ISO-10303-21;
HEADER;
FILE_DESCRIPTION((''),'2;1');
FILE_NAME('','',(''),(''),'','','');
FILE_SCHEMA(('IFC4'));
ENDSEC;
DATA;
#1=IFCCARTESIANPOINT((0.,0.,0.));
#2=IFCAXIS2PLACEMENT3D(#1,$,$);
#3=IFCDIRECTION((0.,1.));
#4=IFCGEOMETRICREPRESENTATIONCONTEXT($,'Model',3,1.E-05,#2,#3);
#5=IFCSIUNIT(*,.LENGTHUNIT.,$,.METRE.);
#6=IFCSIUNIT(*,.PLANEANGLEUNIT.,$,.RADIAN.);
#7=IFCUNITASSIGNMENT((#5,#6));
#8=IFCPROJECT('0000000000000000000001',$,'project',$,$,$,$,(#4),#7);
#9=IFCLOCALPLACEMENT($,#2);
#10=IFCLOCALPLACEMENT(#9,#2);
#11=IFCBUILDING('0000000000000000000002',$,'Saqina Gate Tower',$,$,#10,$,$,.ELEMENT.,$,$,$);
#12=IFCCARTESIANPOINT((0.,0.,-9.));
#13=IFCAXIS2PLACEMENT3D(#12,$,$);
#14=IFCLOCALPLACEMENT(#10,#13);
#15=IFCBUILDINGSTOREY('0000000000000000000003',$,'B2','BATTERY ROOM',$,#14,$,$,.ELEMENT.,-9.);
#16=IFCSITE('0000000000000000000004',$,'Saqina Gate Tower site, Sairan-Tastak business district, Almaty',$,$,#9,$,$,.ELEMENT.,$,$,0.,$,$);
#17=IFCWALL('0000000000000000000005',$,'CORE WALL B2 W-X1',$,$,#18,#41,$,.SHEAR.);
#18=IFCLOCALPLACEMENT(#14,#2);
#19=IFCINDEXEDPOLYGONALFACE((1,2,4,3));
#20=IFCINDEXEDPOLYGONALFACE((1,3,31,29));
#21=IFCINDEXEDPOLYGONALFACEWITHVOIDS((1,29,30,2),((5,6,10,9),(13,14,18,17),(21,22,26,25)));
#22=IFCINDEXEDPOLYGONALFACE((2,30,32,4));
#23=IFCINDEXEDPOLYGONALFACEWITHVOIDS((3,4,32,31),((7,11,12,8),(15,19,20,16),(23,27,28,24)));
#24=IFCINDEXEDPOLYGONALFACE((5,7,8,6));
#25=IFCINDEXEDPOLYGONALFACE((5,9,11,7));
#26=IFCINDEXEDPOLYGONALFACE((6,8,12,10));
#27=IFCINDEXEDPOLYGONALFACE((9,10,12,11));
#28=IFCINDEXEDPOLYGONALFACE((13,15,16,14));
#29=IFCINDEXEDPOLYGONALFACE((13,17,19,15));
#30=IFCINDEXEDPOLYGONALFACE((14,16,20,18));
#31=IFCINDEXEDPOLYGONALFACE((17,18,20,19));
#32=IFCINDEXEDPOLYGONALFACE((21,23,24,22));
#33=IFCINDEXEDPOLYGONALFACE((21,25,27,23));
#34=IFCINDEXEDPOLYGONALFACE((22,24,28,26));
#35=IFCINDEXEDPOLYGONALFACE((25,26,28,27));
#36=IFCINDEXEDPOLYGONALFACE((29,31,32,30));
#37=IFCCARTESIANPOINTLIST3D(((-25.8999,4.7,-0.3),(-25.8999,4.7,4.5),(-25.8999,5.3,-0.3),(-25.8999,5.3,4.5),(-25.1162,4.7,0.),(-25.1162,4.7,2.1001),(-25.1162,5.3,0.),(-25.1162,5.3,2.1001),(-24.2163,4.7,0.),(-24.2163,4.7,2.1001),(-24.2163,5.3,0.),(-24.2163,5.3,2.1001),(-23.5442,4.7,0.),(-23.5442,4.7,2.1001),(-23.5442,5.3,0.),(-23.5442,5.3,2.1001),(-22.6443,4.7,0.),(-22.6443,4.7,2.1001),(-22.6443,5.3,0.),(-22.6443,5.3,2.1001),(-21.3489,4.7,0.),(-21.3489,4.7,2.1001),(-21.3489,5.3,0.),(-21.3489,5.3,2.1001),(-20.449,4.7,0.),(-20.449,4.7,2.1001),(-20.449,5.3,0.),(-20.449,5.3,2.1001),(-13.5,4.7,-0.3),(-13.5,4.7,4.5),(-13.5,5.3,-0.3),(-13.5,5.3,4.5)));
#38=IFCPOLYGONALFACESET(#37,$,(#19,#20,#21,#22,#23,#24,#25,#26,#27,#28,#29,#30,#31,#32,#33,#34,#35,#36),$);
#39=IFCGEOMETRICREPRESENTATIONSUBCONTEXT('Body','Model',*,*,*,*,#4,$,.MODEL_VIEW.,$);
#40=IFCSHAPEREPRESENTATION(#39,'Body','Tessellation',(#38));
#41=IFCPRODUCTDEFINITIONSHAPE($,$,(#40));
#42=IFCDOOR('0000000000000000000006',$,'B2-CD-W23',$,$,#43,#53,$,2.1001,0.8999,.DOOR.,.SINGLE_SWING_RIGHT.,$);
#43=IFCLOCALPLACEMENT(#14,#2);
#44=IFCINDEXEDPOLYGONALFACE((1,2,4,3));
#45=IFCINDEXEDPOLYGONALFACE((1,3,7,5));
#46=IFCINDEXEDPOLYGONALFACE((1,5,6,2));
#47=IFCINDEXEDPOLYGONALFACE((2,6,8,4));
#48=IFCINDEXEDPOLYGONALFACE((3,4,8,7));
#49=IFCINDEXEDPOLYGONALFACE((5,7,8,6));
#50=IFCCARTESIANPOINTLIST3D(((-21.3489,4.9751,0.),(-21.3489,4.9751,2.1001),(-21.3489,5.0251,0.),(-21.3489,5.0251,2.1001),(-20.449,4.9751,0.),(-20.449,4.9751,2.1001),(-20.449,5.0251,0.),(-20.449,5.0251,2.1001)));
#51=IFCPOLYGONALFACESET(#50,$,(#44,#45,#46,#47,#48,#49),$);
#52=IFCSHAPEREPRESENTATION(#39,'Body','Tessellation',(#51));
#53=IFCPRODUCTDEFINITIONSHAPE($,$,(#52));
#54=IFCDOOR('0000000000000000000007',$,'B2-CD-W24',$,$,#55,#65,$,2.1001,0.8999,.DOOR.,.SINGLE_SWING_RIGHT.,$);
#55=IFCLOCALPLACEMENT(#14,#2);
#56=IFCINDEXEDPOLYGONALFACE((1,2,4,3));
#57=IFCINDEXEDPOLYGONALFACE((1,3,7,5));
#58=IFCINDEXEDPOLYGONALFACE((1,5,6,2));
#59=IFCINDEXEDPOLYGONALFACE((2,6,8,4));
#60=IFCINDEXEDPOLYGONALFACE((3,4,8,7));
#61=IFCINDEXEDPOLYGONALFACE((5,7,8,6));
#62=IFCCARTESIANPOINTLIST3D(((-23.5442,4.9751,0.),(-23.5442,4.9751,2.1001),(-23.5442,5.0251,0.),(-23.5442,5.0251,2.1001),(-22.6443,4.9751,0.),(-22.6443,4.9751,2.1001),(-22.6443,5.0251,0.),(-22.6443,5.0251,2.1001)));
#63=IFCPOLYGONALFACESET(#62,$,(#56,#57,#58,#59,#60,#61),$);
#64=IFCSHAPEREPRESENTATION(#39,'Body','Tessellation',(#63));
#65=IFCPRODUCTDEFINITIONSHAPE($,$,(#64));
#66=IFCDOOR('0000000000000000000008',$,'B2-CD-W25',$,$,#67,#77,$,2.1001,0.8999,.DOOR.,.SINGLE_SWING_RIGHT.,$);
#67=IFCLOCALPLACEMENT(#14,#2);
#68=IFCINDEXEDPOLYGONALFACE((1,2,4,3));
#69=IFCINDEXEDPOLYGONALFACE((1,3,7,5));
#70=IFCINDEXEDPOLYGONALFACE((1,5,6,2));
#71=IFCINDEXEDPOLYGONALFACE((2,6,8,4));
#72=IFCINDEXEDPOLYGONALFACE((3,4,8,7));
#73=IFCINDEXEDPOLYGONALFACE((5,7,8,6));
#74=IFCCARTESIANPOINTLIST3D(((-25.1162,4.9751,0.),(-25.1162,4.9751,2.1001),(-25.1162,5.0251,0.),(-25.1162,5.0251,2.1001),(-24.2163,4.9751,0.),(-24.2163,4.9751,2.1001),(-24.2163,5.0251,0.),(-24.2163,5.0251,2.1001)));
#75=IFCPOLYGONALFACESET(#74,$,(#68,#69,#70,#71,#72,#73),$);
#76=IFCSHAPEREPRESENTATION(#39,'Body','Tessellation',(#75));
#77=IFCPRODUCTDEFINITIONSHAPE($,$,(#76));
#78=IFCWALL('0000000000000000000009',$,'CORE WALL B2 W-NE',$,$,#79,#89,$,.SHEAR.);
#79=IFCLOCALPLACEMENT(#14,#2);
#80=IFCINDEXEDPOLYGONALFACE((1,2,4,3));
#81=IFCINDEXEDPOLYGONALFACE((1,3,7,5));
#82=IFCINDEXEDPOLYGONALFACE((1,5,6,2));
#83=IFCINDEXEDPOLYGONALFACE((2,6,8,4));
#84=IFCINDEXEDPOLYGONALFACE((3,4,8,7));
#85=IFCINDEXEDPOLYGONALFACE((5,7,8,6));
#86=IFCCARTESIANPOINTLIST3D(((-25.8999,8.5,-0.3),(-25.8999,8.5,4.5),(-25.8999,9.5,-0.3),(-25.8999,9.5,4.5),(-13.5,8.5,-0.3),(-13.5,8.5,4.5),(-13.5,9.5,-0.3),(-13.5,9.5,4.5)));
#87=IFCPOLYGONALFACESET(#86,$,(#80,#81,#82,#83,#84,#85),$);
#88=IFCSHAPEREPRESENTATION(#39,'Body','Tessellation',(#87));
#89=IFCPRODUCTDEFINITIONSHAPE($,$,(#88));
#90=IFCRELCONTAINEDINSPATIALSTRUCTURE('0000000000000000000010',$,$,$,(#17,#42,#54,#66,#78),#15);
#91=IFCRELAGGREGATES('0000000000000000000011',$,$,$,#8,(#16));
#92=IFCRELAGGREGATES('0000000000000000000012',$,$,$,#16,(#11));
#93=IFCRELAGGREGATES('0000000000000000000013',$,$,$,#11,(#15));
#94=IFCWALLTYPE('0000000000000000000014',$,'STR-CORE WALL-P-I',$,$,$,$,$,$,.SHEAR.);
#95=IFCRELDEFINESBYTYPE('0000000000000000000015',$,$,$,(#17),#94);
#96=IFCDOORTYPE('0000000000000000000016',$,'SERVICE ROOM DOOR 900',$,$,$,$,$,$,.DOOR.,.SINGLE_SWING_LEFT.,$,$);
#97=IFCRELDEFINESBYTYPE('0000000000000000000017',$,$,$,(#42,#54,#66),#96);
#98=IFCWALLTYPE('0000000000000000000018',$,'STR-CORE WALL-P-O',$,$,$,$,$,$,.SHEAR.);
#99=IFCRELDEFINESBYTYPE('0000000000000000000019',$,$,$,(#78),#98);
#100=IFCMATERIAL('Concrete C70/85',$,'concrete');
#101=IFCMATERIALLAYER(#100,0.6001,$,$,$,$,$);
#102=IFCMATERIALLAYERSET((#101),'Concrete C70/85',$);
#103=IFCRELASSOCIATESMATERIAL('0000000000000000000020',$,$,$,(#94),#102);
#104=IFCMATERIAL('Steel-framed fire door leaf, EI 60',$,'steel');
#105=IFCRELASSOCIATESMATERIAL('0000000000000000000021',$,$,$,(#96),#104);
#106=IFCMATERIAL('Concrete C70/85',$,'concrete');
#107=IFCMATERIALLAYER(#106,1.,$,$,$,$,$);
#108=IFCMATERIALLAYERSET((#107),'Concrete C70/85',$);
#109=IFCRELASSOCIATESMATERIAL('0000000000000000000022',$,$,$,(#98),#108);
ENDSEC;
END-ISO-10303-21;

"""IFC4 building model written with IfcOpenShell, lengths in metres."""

from ifc_helpers import new_model, si_unit, direction, frame, frame_2d, origin, place, context, subcontext, project, spatial, rectangle, extrude, material, layer, layer_set, type_object, element, fill, save


model = new_model("IFC4")

# Units and contexts
model_context = context("Model", 3, precision=1e-05, world=origin(), true_north=direction((0.0, 1.0)))
body_context = subcontext(model_context, "Body", "Model", "MODEL_VIEW")
ifc_project = project(units=[si_unit("LENGTHUNIT", "METRE"), si_unit("PLANEANGLEUNIT", "RADIAN")], contexts=[model_context])

# Site, building, storey
site_placement = place(None, origin())
site = spatial("IfcSite", under=ifc_project, at=site_placement, Name="Saqina Gate Tower site, Sairan-Tastak business district, Almaty", CompositionType="ELEMENT", RefElevation=0.0)
building_placement = place(site_placement, origin())
building = spatial("IfcBuilding", under=site, at=building_placement, Name="Saqina Gate Tower", CompositionType="ELEMENT")
storey_placement = place(building_placement, frame((0.0, 0.0, -9.0)))
storey = spatial("IfcBuildingStorey", under=building, at=storey_placement, Name="B2", Description="BATTERY ROOM", CompositionType="ELEMENT", Elevation=-9.0)

# Wall, openings, doors
ifc_material_1 = material(Name="Concrete C70/85", Category="concrete")
ifc_layer_1 = layer(ifc_material_1, 0.6001)
ifc_layer_set_1 = layer_set([ifc_layer_1], Name="Concrete C70/85")
wall_type_1 = type_object("IfcWallType", Name="STR-CORE WALL-P-I", PredefinedType="SHEAR", material=ifc_layer_set_1)
wall_1_placement = place(storey_placement, frame((-13.5, 5.0, -0.3), z_axis=(0.0, 0.0, 1.0), x_axis=(-1.0, 0.0, 0.0)))
wall_1 = element("IfcWall", 1, at=wall_1_placement, inside=storey, type_object=wall_type_1, Name="CORE WALL B2 W-X1", PredefinedType="SHEAR", context=body_context, shape_type="SweptSolid", body=[
    extrude(rectangle(XDim=12.3999, YDim=0.6001, at=frame_2d((6.2, 0.0))), origin(), (0.0, 0.0, 1.0), 4.8),
])
opening_1_placement = place(wall_1_placement, frame((6.949, 0.0, 0.3)))
opening_1 = element("IfcOpeningElement", 2, at=opening_1_placement, cuts=wall_1, PredefinedType="OPENING", context=body_context, shape_type="SweptSolid", body=[
    extrude(rectangle(XDim=0.8999, YDim=2.1001, at=frame_2d((0.45, 1.05))), frame((0.0, 0.312, 0.0), z_axis=(0.0, -1.0, 0.0), x_axis=(1.0, 0.0, 0.0)), (0.0, 0.0, 1.0), 0.624),
])
opening_2_placement = place(wall_1_placement, frame((9.1443, 0.0, 0.3)))
opening_2 = element("IfcOpeningElement", 3, at=opening_2_placement, cuts=wall_1, PredefinedType="OPENING", context=body_context, shape_type="SweptSolid", body=[
    extrude(rectangle(XDim=0.8999, YDim=2.1001, at=frame_2d((0.45, 1.05))), frame((0.0, 0.312, 0.0), z_axis=(0.0, -1.0, 0.0), x_axis=(1.0, 0.0, 0.0)), (0.0, 0.0, 1.0), 0.624),
])
opening_3_placement = place(wall_1_placement, frame((10.7163, 0.0, 0.3)))
opening_3 = element("IfcOpeningElement", 4, at=opening_3_placement, cuts=wall_1, PredefinedType="OPENING", context=body_context, shape_type="SweptSolid", body=[
    extrude(rectangle(XDim=0.8999, YDim=2.1001, at=frame_2d((0.45, 1.05))), frame((0.0, 0.312, 0.0), z_axis=(0.0, -1.0, 0.0), x_axis=(1.0, 0.0, 0.0)), (0.0, 0.0, 1.0), 0.624),
])
ifc_material_2 = material(Name="Steel-framed fire door leaf, EI 60", Category="steel")
door_type_1 = type_object("IfcDoorType", Name="SERVICE ROOM DOOR 900", OperationType="SINGLE_SWING_LEFT", PredefinedType="DOOR", material=ifc_material_2)
door_1_placement = place(opening_1_placement, origin())
door_1 = element("IfcDoor", 5, at=door_1_placement, inside=storey, type_object=door_type_1, Name="B2-CD-W23", OperationType="SINGLE_SWING_RIGHT", OverallHeight=2.1001, OverallWidth=0.8999, PredefinedType="DOOR", context=body_context, shape_type="SweptSolid", body=[
    extrude(rectangle(XDim=0.8999, YDim=2.1001, at=frame_2d((0.45, 1.05))), frame((0.0, 0.0249, 0.0), z_axis=(0.0, -1.0, 0.0), x_axis=(1.0, 0.0, 0.0)), (0.0, 0.0, 1.0), 0.05),
])
fill(opening_1, door_1)
door_2_placement = place(opening_2_placement, origin())
door_2 = element("IfcDoor", 6, at=door_2_placement, inside=storey, type_object=door_type_1, Name="B2-CD-W24", OperationType="SINGLE_SWING_RIGHT", OverallHeight=2.1001, OverallWidth=0.8999, PredefinedType="DOOR", context=body_context, shape_type="SweptSolid", body=[
    extrude(rectangle(XDim=0.8999, YDim=2.1001, at=frame_2d((0.45, 1.05))), frame((0.0, 0.0249, 0.0), z_axis=(0.0, -1.0, 0.0), x_axis=(1.0, 0.0, 0.0)), (0.0, 0.0, 1.0), 0.05),
])
fill(opening_2, door_2)
door_3_placement = place(opening_3_placement, origin())
door_3 = element("IfcDoor", 7, at=door_3_placement, inside=storey, type_object=door_type_1, Name="B2-CD-W25", OperationType="SINGLE_SWING_RIGHT", OverallHeight=2.1001, OverallWidth=0.8999, PredefinedType="DOOR", context=body_context, shape_type="SweptSolid", body=[
    extrude(rectangle(XDim=0.8999, YDim=2.1001, at=frame_2d((0.45, 1.05))), frame((0.0, 0.0249, 0.0), z_axis=(0.0, -1.0, 0.0), x_axis=(1.0, 0.0, 0.0)), (0.0, 0.0, 1.0), 0.05),
])
fill(opening_3, door_3)

# Wall
ifc_material_3 = material(Name="Concrete C70/85", Category="concrete")
ifc_layer_2 = layer(ifc_material_3, 1.0)
ifc_layer_set_2 = layer_set([ifc_layer_2], Name="Concrete C70/85")
wall_type_2 = type_object("IfcWallType", Name="STR-CORE WALL-P-O", PredefinedType="SHEAR", material=ifc_layer_set_2)
wall_2_placement = place(storey_placement, frame((-13.5, 9.0, -0.3), z_axis=(0.0, 0.0, 1.0), x_axis=(-1.0, 0.0, 0.0)))
element("IfcWall", 8, at=wall_2_placement, inside=storey, type_object=wall_type_2, Name="CORE WALL B2 W-NE", PredefinedType="SHEAR", context=body_context, shape_type="SweptSolid", body=[
    extrude(rectangle(XDim=12.3999, YDim=1.0, at=frame_2d((6.2, 0.0))), origin(), (0.0, 0.0, 1.0), 4.8),
])

save(model, "model.ifc")
